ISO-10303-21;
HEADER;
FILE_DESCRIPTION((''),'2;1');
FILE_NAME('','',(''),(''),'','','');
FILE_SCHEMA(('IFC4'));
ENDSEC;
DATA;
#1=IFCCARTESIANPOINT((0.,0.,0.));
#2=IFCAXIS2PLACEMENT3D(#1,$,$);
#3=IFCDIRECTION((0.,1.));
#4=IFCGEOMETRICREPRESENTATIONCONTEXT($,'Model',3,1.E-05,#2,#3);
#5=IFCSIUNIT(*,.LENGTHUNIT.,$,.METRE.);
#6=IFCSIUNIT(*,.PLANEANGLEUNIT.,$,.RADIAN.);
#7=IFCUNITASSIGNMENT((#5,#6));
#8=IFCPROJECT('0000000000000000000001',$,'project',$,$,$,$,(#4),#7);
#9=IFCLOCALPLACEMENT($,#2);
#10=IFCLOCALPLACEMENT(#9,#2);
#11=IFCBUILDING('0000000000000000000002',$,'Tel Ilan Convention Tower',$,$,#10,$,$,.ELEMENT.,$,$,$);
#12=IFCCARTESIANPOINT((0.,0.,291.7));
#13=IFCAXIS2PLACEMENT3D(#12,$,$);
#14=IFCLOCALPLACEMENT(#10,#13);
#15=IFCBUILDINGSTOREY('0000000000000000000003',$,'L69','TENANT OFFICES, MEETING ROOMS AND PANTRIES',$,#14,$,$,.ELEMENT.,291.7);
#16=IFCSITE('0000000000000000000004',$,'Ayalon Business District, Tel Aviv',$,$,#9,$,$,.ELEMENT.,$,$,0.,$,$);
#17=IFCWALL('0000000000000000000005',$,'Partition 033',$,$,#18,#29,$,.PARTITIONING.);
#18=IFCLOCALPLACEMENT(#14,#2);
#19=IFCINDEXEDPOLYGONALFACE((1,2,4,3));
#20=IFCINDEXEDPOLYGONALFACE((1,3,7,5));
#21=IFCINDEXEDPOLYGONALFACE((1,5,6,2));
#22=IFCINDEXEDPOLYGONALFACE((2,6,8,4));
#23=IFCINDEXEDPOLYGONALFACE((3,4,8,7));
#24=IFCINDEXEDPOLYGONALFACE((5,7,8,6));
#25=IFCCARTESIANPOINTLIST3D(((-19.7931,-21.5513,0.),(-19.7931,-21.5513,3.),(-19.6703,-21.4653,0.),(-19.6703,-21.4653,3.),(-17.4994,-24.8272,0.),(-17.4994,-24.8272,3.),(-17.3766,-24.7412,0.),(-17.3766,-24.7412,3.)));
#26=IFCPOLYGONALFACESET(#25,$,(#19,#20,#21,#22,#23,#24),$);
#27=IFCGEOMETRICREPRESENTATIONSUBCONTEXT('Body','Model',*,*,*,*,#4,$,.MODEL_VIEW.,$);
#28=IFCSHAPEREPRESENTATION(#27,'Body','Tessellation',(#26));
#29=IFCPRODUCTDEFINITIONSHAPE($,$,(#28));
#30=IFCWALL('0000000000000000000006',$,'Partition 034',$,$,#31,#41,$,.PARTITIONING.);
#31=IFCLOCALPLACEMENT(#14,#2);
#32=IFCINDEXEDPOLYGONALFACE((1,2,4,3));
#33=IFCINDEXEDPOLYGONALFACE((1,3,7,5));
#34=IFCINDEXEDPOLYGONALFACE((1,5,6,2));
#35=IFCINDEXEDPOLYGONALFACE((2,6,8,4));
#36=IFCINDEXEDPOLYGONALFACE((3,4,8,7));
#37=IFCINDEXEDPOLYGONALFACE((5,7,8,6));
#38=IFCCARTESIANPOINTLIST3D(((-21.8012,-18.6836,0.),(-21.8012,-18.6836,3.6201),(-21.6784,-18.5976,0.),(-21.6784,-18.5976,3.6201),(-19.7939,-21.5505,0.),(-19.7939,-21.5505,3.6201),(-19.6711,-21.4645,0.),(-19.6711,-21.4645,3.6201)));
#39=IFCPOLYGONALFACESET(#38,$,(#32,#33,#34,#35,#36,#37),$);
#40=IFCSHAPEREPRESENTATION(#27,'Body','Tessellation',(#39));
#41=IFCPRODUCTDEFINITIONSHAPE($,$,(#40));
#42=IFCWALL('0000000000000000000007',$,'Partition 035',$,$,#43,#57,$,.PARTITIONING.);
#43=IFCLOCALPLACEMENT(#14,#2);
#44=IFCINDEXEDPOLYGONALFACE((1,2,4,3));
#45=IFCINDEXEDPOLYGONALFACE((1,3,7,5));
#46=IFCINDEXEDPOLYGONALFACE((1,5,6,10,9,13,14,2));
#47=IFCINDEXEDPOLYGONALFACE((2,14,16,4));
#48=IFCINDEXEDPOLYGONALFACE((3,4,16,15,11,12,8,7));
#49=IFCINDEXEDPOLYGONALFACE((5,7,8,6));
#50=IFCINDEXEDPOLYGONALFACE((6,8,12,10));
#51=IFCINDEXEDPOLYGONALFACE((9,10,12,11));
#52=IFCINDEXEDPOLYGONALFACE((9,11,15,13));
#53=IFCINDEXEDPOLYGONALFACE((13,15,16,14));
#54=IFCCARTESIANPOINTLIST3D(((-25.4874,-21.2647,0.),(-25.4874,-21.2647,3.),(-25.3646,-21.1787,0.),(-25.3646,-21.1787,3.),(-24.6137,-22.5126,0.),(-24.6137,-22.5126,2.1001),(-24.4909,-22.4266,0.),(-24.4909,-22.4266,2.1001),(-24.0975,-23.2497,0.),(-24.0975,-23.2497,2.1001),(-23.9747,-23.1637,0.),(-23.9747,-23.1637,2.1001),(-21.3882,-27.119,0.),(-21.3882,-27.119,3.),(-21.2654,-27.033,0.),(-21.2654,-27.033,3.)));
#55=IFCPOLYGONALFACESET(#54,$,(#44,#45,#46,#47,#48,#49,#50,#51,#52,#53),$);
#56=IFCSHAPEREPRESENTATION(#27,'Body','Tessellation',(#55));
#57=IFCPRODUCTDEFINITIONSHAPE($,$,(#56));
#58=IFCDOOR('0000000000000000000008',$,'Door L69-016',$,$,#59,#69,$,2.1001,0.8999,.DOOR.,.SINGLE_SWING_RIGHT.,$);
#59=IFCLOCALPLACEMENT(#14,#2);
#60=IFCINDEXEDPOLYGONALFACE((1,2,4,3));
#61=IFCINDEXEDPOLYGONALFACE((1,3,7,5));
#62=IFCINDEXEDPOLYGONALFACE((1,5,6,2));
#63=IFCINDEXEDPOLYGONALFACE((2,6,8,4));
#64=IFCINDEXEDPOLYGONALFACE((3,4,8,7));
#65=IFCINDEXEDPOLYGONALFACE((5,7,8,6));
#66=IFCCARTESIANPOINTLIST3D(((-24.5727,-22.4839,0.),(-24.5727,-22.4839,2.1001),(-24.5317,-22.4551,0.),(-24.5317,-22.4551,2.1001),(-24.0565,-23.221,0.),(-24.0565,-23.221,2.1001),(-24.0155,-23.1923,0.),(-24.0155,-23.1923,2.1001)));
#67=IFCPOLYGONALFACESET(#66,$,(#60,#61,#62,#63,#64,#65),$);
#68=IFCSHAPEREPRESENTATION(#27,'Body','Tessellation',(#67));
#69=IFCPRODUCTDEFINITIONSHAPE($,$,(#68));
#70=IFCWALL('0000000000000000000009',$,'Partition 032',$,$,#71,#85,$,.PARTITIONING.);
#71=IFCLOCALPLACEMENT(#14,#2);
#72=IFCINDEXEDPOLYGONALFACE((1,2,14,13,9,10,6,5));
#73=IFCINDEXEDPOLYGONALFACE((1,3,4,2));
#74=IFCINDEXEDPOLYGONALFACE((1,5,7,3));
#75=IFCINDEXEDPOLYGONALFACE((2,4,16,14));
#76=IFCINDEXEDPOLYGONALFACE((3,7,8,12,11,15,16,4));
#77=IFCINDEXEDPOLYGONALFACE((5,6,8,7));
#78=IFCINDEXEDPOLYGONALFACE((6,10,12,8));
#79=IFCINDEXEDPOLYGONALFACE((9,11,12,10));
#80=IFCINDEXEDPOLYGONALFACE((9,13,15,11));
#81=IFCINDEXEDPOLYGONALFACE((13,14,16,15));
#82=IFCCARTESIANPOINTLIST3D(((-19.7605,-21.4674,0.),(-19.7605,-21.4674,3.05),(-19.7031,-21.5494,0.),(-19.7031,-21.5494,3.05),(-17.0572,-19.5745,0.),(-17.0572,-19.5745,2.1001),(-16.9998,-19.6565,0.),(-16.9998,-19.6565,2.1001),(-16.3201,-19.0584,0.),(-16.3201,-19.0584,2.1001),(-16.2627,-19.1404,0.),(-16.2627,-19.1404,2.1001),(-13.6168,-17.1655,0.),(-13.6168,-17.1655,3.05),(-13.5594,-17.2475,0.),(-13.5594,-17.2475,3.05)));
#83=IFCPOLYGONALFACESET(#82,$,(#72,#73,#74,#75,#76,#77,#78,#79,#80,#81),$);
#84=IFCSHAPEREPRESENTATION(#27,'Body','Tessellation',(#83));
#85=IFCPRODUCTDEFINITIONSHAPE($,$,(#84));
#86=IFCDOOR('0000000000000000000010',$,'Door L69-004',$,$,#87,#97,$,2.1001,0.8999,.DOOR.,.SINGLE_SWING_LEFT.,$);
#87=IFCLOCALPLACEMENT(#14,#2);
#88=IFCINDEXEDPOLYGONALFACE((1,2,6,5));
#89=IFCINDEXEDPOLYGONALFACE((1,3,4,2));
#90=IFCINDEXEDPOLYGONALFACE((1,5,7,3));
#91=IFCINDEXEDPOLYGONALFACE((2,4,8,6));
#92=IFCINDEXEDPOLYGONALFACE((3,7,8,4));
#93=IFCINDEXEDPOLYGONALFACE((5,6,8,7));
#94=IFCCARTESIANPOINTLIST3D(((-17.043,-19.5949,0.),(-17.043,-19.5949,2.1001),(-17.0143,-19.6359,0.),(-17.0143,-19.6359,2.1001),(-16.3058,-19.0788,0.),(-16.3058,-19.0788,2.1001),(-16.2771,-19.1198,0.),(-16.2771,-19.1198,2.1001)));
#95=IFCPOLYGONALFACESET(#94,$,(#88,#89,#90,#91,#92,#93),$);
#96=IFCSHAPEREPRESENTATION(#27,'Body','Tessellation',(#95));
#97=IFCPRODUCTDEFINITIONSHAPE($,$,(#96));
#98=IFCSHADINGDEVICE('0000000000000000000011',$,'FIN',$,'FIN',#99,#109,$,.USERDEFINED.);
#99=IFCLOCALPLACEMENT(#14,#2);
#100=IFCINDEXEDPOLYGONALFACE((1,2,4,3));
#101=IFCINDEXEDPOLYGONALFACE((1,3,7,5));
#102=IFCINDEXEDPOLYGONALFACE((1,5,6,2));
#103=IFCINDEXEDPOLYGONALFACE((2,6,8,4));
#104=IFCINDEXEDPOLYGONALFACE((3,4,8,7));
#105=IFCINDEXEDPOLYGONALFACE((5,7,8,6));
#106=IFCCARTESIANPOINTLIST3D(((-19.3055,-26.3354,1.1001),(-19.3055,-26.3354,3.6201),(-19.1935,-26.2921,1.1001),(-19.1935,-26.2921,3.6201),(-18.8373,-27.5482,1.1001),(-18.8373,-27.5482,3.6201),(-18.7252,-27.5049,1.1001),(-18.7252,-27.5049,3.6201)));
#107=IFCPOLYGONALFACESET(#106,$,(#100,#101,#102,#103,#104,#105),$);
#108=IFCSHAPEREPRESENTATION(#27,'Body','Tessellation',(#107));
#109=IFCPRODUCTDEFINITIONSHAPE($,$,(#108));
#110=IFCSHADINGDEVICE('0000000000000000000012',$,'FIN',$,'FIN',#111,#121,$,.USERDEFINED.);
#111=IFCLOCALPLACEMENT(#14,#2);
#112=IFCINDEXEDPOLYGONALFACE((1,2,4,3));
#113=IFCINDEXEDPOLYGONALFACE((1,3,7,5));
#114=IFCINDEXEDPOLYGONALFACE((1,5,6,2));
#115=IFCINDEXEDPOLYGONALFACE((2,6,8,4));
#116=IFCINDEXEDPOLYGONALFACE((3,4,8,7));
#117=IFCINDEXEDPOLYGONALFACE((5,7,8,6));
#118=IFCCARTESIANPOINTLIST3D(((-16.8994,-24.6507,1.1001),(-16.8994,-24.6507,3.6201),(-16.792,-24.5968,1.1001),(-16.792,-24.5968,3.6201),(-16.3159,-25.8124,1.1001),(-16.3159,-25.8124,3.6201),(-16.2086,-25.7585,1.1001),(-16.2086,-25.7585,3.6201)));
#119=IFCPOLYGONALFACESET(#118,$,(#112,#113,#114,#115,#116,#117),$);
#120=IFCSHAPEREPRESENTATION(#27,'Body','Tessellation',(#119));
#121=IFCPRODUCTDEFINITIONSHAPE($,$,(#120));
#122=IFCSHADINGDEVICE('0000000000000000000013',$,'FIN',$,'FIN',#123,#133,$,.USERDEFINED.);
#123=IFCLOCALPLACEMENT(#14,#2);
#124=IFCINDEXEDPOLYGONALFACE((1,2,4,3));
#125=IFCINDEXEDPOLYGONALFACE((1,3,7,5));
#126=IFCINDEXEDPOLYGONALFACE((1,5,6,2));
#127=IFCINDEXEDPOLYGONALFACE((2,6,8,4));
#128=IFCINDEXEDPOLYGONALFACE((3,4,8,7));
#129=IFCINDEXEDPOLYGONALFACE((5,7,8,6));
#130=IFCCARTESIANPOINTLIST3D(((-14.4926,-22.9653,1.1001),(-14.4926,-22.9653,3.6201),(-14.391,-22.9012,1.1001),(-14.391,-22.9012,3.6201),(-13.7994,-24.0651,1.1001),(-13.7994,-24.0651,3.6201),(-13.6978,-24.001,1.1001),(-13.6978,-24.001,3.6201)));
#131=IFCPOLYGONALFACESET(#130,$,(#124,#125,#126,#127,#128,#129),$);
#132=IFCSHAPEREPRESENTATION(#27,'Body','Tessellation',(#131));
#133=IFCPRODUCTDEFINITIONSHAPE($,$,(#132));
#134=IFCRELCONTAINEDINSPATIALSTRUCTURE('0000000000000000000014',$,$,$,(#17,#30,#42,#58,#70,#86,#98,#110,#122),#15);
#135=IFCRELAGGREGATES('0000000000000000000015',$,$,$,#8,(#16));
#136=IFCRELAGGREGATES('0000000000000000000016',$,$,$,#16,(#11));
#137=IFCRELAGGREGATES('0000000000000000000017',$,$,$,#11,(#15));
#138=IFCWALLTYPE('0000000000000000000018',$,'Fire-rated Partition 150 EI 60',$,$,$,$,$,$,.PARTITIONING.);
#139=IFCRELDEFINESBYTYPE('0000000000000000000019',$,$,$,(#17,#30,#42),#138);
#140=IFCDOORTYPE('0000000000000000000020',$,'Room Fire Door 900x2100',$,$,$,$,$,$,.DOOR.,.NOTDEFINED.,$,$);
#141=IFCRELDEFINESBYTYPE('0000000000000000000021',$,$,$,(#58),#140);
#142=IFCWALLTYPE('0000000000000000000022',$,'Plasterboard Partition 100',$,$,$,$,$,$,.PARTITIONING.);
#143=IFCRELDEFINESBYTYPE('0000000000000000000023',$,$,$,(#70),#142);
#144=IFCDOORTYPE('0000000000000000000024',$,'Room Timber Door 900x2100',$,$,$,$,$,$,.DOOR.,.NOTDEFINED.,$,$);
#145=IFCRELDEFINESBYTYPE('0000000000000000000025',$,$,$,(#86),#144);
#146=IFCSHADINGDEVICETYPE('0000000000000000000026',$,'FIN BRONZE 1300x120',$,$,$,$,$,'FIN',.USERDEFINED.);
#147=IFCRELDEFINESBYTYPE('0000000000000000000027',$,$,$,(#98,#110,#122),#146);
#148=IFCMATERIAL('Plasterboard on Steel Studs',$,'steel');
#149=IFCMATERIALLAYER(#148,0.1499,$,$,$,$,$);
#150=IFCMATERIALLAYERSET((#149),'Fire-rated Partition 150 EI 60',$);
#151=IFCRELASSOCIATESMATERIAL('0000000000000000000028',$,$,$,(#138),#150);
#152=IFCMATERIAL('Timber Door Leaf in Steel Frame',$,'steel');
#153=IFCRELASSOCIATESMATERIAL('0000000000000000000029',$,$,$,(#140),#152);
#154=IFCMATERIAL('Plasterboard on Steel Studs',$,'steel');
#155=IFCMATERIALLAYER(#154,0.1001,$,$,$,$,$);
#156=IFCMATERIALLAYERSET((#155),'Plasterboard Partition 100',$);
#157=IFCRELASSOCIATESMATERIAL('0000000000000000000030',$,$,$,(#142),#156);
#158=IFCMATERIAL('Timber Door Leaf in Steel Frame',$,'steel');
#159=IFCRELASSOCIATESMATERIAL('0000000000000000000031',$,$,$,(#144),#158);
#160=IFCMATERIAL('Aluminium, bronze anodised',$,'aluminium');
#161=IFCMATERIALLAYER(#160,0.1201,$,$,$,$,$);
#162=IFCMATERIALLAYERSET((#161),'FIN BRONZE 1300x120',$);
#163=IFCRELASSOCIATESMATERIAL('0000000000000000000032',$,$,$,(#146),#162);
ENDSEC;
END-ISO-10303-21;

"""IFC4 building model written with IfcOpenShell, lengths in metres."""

from ifc_helpers import new_model, si_unit, direction, frame, frame_2d, origin, origin_2d, place, context, subcontext, project, spatial, rectangle, extrude, material, layer, layer_set, type_object, element, fill, save


model = new_model("IFC4")

# Units and contexts
model_context = context("Model", 3, precision=1e-05, world=origin(), true_north=direction((0.0, 1.0)))
body_context = subcontext(model_context, "Body", "Model", "MODEL_VIEW")
ifc_project = project(units=[si_unit("LENGTHUNIT", "METRE"), si_unit("PLANEANGLEUNIT", "RADIAN")], contexts=[model_context])

# Site, building, storey
site_placement = place(None, origin())
site = spatial("IfcSite", under=ifc_project, at=site_placement, Name="Ayalon Business District, Tel Aviv", CompositionType="ELEMENT", RefElevation=0.0)
building_placement = place(site_placement, origin())
building = spatial("IfcBuilding", under=site, at=building_placement, Name="Tel Ilan Convention Tower", CompositionType="ELEMENT")
storey_placement = place(building_placement, frame((0.0, 0.0, 291.7)))
storey = spatial("IfcBuildingStorey", under=building, at=storey_placement, Name="L69", Description="TENANT OFFICES, MEETING ROOMS AND PANTRIES", CompositionType="ELEMENT", Elevation=291.7)

# Shared definitions
ifc_material_1 = material(Name="Plasterboard on Steel Studs", Category="steel")
ifc_layer_1 = layer(ifc_material_1, 0.1499)
ifc_layer_set_1 = layer_set([ifc_layer_1], Name="Fire-rated Partition 150 EI 60")
wall_type_1 = type_object("IfcWallType", Name="Fire-rated Partition 150 EI 60", PredefinedType="PARTITIONING", material=ifc_layer_set_1)

# Walls
wall_1_placement = place(storey_placement, frame((-17.438, -24.7842, 0.0), z_axis=(0.0, 0.0, 1.0), x_axis=(-0.573561, 0.819163, 0.0)))
element("IfcWall", 1, at=wall_1_placement, inside=storey, type_object=wall_type_1, Name="Partition 033", PredefinedType="PARTITIONING", context=body_context, shape_type="SweptSolid", body=[
    extrude(rectangle(XDim=3.999, YDim=0.1499, at=frame_2d((1.9995, 0.0))), origin(), (0.0, 0.0, 1.0), 3.0),
])
wall_2_placement = place(storey_placement, frame((-19.7324, -21.5076, 0.0), z_axis=(0.0, 0.0, 1.0), x_axis=(-0.573551, 0.81917, 0.0)))
element("IfcWall", 2, at=wall_2_placement, inside=storey, type_object=wall_type_1, Name="Partition 034", PredefinedType="PARTITIONING", context=body_context, shape_type="SweptSolid", body=[
    extrude(rectangle(XDim=3.4998, YDim=0.1499, at=frame_2d((1.75, 0.0))), origin(), (0.0, 0.0, 1.0), 3.6201),
])

# Walls, openings, doors
wall_3_placement = place(storey_placement, frame((-21.3269, -27.0759, 0.0), z_axis=(0.0, 0.0, 1.0), x_axis=(-0.57357, 0.819156, 0.0)))
wall_3 = element("IfcWall", 3, at=wall_3_placement, inside=storey, type_object=wall_type_1, Name="Partition 035", PredefinedType="PARTITIONING", context=body_context, shape_type="SweptSolid", body=[
    extrude(rectangle(XDim=7.1467, YDim=0.1499, at=frame_2d((3.5732, 0.0))), origin(), (0.0, 0.0, 1.0), 3.0),
])
opening_1_placement = place(wall_3_placement, frame((4.7234, 0.0, 0.0)))
opening_1 = element("IfcOpeningElement", 4, at=opening_1_placement, cuts=wall_3, PredefinedType="OPENING", context=body_context, shape_type="SweptSolid", body=[
    extrude(rectangle(XDim=0.8999, YDim=2.1001, at=frame_2d((0.45, 1.05))), frame((0.0, 0.085, 0.0), z_axis=(0.0, -1.0, 0.0), x_axis=(1.0, 0.0, 0.0)), (0.0, 0.0, 1.0), 0.1699),
])
ifc_material_2 = material(Name="Timber Door Leaf in Steel Frame", Category="steel")
door_type_1 = type_object("IfcDoorType", Name="Room Fire Door 900x2100", OperationType="NOTDEFINED", PredefinedType="DOOR", material=ifc_material_2)
door_1_placement = place(opening_1_placement, origin())
door_1 = element("IfcDoor", 5, at=door_1_placement, inside=storey, type_object=door_type_1, Name="Door L69-016", OperationType="SINGLE_SWING_RIGHT", OverallHeight=2.1001, OverallWidth=0.8999, PredefinedType="DOOR", context=body_context, shape_type="SweptSolid", body=[
    extrude(rectangle(XDim=0.8999, YDim=2.1001, at=frame_2d((0.45, 1.05))), frame((0.0, 0.0249, 0.0), z_axis=(0.0, -1.0, 0.0), x_axis=(1.0, 0.0, 0.0)), (0.0, 0.0, 1.0), 0.05),
])
fill(opening_1, door_1)
ifc_material_3 = material(Name="Plasterboard on Steel Studs", Category="steel")
ifc_layer_2 = layer(ifc_material_3, 0.1001)
ifc_layer_set_2 = layer_set([ifc_layer_2], Name="Plasterboard Partition 100")
wall_type_2 = type_object("IfcWallType", Name="Plasterboard Partition 100", PredefinedType="PARTITIONING", material=ifc_layer_set_2)
wall_4_placement = place(storey_placement, frame((-13.5881, -17.2065, 0.0), z_axis=(0.0, 0.0, 1.0), x_axis=(-0.819152, -0.573576, 0.0)))
wall_4 = element("IfcWall", 6, at=wall_4_placement, inside=storey, type_object=wall_type_2, Name="Partition 032", PredefinedType="PARTITIONING", context=body_context, shape_type="SweptSolid", body=[
    extrude(rectangle(XDim=7.5, YDim=0.1001, at=frame_2d((3.75, 0.0))), origin(), (0.0, 0.0, 1.0), 3.05),
])
opening_2_placement = place(wall_4_placement, frame((3.3, 0.0, 0.0)))
opening_2 = element("IfcOpeningElement", 7, at=opening_2_placement, cuts=wall_4, PredefinedType="OPENING", context=body_context, shape_type="SweptSolid", body=[
    extrude(rectangle(XDim=0.8999, YDim=2.1001, at=frame_2d((0.45, 1.05))), frame((0.0, 0.0601, 0.0), z_axis=(0.0, -1.0, 0.0), x_axis=(1.0, 0.0, 0.0)), (0.0, 0.0, 1.0), 0.1201),
])
ifc_material_4 = material(Name="Timber Door Leaf in Steel Frame", Category="steel")
door_type_2 = type_object("IfcDoorType", Name="Room Timber Door 900x2100", OperationType="NOTDEFINED", PredefinedType="DOOR", material=ifc_material_4)
door_2_placement = place(opening_2_placement, origin())
door_2 = element("IfcDoor", 8, at=door_2_placement, inside=storey, type_object=door_type_2, Name="Door L69-004", OperationType="SINGLE_SWING_LEFT", OverallHeight=2.1001, OverallWidth=0.8999, PredefinedType="DOOR", context=body_context, shape_type="SweptSolid", body=[
    extrude(rectangle(XDim=0.8999, YDim=2.1001, at=frame_2d((0.45, 1.05))), frame((0.0, 0.0249, 0.0), z_axis=(0.0, -1.0, 0.0), x_axis=(1.0, 0.0, 0.0)), (0.0, 0.0, 1.0), 0.05),
])
fill(opening_2, door_2)

# Shading devices
ifc_material_5 = material(Name="Aluminium, bronze anodised", Category="aluminium")
ifc_layer_3 = layer(ifc_material_5, 0.1201)
ifc_layer_set_3 = layer_set([ifc_layer_3], Name="FIN BRONZE 1300x120")
shading_device_type = type_object("IfcShadingDeviceType", Name="FIN BRONZE 1300x120", ElementType="FIN", PredefinedType="USERDEFINED", material=ifc_layer_set_3)
for number, where, z_axis, x_axis, name in (
    (9, (-19.0154, -26.9202, 1.1001), (0.0, 0.0, 1.0), (0.360178, -0.932884, 0.0), "FIN"),
    (10, (-16.554, -25.2046, 1.1001), (0.0, 0.0, 1.0), (0.448799, -0.893633, 0.0), "FIN"),
    (11, (-14.0952, -23.4832, 1.1001), (0.0, 0.0, 1.0), (0.533204, -0.845986, 0.0), "FIN"),
):
    element("IfcShadingDevice", number, at=place(storey_placement, frame(where, z_axis=z_axis, x_axis=x_axis)), inside=storey, type_object=shading_device_type, Name=name, ObjectType="FIN", PredefinedType="USERDEFINED", context=body_context, shape_type="SweptSolid", body=[
        extrude(rectangle(XDim=1.3, YDim=0.1201, at=origin_2d()), origin(), (0.0, 0.0, 1.0), 2.52),
    ])

save(model, "model.ifc")
